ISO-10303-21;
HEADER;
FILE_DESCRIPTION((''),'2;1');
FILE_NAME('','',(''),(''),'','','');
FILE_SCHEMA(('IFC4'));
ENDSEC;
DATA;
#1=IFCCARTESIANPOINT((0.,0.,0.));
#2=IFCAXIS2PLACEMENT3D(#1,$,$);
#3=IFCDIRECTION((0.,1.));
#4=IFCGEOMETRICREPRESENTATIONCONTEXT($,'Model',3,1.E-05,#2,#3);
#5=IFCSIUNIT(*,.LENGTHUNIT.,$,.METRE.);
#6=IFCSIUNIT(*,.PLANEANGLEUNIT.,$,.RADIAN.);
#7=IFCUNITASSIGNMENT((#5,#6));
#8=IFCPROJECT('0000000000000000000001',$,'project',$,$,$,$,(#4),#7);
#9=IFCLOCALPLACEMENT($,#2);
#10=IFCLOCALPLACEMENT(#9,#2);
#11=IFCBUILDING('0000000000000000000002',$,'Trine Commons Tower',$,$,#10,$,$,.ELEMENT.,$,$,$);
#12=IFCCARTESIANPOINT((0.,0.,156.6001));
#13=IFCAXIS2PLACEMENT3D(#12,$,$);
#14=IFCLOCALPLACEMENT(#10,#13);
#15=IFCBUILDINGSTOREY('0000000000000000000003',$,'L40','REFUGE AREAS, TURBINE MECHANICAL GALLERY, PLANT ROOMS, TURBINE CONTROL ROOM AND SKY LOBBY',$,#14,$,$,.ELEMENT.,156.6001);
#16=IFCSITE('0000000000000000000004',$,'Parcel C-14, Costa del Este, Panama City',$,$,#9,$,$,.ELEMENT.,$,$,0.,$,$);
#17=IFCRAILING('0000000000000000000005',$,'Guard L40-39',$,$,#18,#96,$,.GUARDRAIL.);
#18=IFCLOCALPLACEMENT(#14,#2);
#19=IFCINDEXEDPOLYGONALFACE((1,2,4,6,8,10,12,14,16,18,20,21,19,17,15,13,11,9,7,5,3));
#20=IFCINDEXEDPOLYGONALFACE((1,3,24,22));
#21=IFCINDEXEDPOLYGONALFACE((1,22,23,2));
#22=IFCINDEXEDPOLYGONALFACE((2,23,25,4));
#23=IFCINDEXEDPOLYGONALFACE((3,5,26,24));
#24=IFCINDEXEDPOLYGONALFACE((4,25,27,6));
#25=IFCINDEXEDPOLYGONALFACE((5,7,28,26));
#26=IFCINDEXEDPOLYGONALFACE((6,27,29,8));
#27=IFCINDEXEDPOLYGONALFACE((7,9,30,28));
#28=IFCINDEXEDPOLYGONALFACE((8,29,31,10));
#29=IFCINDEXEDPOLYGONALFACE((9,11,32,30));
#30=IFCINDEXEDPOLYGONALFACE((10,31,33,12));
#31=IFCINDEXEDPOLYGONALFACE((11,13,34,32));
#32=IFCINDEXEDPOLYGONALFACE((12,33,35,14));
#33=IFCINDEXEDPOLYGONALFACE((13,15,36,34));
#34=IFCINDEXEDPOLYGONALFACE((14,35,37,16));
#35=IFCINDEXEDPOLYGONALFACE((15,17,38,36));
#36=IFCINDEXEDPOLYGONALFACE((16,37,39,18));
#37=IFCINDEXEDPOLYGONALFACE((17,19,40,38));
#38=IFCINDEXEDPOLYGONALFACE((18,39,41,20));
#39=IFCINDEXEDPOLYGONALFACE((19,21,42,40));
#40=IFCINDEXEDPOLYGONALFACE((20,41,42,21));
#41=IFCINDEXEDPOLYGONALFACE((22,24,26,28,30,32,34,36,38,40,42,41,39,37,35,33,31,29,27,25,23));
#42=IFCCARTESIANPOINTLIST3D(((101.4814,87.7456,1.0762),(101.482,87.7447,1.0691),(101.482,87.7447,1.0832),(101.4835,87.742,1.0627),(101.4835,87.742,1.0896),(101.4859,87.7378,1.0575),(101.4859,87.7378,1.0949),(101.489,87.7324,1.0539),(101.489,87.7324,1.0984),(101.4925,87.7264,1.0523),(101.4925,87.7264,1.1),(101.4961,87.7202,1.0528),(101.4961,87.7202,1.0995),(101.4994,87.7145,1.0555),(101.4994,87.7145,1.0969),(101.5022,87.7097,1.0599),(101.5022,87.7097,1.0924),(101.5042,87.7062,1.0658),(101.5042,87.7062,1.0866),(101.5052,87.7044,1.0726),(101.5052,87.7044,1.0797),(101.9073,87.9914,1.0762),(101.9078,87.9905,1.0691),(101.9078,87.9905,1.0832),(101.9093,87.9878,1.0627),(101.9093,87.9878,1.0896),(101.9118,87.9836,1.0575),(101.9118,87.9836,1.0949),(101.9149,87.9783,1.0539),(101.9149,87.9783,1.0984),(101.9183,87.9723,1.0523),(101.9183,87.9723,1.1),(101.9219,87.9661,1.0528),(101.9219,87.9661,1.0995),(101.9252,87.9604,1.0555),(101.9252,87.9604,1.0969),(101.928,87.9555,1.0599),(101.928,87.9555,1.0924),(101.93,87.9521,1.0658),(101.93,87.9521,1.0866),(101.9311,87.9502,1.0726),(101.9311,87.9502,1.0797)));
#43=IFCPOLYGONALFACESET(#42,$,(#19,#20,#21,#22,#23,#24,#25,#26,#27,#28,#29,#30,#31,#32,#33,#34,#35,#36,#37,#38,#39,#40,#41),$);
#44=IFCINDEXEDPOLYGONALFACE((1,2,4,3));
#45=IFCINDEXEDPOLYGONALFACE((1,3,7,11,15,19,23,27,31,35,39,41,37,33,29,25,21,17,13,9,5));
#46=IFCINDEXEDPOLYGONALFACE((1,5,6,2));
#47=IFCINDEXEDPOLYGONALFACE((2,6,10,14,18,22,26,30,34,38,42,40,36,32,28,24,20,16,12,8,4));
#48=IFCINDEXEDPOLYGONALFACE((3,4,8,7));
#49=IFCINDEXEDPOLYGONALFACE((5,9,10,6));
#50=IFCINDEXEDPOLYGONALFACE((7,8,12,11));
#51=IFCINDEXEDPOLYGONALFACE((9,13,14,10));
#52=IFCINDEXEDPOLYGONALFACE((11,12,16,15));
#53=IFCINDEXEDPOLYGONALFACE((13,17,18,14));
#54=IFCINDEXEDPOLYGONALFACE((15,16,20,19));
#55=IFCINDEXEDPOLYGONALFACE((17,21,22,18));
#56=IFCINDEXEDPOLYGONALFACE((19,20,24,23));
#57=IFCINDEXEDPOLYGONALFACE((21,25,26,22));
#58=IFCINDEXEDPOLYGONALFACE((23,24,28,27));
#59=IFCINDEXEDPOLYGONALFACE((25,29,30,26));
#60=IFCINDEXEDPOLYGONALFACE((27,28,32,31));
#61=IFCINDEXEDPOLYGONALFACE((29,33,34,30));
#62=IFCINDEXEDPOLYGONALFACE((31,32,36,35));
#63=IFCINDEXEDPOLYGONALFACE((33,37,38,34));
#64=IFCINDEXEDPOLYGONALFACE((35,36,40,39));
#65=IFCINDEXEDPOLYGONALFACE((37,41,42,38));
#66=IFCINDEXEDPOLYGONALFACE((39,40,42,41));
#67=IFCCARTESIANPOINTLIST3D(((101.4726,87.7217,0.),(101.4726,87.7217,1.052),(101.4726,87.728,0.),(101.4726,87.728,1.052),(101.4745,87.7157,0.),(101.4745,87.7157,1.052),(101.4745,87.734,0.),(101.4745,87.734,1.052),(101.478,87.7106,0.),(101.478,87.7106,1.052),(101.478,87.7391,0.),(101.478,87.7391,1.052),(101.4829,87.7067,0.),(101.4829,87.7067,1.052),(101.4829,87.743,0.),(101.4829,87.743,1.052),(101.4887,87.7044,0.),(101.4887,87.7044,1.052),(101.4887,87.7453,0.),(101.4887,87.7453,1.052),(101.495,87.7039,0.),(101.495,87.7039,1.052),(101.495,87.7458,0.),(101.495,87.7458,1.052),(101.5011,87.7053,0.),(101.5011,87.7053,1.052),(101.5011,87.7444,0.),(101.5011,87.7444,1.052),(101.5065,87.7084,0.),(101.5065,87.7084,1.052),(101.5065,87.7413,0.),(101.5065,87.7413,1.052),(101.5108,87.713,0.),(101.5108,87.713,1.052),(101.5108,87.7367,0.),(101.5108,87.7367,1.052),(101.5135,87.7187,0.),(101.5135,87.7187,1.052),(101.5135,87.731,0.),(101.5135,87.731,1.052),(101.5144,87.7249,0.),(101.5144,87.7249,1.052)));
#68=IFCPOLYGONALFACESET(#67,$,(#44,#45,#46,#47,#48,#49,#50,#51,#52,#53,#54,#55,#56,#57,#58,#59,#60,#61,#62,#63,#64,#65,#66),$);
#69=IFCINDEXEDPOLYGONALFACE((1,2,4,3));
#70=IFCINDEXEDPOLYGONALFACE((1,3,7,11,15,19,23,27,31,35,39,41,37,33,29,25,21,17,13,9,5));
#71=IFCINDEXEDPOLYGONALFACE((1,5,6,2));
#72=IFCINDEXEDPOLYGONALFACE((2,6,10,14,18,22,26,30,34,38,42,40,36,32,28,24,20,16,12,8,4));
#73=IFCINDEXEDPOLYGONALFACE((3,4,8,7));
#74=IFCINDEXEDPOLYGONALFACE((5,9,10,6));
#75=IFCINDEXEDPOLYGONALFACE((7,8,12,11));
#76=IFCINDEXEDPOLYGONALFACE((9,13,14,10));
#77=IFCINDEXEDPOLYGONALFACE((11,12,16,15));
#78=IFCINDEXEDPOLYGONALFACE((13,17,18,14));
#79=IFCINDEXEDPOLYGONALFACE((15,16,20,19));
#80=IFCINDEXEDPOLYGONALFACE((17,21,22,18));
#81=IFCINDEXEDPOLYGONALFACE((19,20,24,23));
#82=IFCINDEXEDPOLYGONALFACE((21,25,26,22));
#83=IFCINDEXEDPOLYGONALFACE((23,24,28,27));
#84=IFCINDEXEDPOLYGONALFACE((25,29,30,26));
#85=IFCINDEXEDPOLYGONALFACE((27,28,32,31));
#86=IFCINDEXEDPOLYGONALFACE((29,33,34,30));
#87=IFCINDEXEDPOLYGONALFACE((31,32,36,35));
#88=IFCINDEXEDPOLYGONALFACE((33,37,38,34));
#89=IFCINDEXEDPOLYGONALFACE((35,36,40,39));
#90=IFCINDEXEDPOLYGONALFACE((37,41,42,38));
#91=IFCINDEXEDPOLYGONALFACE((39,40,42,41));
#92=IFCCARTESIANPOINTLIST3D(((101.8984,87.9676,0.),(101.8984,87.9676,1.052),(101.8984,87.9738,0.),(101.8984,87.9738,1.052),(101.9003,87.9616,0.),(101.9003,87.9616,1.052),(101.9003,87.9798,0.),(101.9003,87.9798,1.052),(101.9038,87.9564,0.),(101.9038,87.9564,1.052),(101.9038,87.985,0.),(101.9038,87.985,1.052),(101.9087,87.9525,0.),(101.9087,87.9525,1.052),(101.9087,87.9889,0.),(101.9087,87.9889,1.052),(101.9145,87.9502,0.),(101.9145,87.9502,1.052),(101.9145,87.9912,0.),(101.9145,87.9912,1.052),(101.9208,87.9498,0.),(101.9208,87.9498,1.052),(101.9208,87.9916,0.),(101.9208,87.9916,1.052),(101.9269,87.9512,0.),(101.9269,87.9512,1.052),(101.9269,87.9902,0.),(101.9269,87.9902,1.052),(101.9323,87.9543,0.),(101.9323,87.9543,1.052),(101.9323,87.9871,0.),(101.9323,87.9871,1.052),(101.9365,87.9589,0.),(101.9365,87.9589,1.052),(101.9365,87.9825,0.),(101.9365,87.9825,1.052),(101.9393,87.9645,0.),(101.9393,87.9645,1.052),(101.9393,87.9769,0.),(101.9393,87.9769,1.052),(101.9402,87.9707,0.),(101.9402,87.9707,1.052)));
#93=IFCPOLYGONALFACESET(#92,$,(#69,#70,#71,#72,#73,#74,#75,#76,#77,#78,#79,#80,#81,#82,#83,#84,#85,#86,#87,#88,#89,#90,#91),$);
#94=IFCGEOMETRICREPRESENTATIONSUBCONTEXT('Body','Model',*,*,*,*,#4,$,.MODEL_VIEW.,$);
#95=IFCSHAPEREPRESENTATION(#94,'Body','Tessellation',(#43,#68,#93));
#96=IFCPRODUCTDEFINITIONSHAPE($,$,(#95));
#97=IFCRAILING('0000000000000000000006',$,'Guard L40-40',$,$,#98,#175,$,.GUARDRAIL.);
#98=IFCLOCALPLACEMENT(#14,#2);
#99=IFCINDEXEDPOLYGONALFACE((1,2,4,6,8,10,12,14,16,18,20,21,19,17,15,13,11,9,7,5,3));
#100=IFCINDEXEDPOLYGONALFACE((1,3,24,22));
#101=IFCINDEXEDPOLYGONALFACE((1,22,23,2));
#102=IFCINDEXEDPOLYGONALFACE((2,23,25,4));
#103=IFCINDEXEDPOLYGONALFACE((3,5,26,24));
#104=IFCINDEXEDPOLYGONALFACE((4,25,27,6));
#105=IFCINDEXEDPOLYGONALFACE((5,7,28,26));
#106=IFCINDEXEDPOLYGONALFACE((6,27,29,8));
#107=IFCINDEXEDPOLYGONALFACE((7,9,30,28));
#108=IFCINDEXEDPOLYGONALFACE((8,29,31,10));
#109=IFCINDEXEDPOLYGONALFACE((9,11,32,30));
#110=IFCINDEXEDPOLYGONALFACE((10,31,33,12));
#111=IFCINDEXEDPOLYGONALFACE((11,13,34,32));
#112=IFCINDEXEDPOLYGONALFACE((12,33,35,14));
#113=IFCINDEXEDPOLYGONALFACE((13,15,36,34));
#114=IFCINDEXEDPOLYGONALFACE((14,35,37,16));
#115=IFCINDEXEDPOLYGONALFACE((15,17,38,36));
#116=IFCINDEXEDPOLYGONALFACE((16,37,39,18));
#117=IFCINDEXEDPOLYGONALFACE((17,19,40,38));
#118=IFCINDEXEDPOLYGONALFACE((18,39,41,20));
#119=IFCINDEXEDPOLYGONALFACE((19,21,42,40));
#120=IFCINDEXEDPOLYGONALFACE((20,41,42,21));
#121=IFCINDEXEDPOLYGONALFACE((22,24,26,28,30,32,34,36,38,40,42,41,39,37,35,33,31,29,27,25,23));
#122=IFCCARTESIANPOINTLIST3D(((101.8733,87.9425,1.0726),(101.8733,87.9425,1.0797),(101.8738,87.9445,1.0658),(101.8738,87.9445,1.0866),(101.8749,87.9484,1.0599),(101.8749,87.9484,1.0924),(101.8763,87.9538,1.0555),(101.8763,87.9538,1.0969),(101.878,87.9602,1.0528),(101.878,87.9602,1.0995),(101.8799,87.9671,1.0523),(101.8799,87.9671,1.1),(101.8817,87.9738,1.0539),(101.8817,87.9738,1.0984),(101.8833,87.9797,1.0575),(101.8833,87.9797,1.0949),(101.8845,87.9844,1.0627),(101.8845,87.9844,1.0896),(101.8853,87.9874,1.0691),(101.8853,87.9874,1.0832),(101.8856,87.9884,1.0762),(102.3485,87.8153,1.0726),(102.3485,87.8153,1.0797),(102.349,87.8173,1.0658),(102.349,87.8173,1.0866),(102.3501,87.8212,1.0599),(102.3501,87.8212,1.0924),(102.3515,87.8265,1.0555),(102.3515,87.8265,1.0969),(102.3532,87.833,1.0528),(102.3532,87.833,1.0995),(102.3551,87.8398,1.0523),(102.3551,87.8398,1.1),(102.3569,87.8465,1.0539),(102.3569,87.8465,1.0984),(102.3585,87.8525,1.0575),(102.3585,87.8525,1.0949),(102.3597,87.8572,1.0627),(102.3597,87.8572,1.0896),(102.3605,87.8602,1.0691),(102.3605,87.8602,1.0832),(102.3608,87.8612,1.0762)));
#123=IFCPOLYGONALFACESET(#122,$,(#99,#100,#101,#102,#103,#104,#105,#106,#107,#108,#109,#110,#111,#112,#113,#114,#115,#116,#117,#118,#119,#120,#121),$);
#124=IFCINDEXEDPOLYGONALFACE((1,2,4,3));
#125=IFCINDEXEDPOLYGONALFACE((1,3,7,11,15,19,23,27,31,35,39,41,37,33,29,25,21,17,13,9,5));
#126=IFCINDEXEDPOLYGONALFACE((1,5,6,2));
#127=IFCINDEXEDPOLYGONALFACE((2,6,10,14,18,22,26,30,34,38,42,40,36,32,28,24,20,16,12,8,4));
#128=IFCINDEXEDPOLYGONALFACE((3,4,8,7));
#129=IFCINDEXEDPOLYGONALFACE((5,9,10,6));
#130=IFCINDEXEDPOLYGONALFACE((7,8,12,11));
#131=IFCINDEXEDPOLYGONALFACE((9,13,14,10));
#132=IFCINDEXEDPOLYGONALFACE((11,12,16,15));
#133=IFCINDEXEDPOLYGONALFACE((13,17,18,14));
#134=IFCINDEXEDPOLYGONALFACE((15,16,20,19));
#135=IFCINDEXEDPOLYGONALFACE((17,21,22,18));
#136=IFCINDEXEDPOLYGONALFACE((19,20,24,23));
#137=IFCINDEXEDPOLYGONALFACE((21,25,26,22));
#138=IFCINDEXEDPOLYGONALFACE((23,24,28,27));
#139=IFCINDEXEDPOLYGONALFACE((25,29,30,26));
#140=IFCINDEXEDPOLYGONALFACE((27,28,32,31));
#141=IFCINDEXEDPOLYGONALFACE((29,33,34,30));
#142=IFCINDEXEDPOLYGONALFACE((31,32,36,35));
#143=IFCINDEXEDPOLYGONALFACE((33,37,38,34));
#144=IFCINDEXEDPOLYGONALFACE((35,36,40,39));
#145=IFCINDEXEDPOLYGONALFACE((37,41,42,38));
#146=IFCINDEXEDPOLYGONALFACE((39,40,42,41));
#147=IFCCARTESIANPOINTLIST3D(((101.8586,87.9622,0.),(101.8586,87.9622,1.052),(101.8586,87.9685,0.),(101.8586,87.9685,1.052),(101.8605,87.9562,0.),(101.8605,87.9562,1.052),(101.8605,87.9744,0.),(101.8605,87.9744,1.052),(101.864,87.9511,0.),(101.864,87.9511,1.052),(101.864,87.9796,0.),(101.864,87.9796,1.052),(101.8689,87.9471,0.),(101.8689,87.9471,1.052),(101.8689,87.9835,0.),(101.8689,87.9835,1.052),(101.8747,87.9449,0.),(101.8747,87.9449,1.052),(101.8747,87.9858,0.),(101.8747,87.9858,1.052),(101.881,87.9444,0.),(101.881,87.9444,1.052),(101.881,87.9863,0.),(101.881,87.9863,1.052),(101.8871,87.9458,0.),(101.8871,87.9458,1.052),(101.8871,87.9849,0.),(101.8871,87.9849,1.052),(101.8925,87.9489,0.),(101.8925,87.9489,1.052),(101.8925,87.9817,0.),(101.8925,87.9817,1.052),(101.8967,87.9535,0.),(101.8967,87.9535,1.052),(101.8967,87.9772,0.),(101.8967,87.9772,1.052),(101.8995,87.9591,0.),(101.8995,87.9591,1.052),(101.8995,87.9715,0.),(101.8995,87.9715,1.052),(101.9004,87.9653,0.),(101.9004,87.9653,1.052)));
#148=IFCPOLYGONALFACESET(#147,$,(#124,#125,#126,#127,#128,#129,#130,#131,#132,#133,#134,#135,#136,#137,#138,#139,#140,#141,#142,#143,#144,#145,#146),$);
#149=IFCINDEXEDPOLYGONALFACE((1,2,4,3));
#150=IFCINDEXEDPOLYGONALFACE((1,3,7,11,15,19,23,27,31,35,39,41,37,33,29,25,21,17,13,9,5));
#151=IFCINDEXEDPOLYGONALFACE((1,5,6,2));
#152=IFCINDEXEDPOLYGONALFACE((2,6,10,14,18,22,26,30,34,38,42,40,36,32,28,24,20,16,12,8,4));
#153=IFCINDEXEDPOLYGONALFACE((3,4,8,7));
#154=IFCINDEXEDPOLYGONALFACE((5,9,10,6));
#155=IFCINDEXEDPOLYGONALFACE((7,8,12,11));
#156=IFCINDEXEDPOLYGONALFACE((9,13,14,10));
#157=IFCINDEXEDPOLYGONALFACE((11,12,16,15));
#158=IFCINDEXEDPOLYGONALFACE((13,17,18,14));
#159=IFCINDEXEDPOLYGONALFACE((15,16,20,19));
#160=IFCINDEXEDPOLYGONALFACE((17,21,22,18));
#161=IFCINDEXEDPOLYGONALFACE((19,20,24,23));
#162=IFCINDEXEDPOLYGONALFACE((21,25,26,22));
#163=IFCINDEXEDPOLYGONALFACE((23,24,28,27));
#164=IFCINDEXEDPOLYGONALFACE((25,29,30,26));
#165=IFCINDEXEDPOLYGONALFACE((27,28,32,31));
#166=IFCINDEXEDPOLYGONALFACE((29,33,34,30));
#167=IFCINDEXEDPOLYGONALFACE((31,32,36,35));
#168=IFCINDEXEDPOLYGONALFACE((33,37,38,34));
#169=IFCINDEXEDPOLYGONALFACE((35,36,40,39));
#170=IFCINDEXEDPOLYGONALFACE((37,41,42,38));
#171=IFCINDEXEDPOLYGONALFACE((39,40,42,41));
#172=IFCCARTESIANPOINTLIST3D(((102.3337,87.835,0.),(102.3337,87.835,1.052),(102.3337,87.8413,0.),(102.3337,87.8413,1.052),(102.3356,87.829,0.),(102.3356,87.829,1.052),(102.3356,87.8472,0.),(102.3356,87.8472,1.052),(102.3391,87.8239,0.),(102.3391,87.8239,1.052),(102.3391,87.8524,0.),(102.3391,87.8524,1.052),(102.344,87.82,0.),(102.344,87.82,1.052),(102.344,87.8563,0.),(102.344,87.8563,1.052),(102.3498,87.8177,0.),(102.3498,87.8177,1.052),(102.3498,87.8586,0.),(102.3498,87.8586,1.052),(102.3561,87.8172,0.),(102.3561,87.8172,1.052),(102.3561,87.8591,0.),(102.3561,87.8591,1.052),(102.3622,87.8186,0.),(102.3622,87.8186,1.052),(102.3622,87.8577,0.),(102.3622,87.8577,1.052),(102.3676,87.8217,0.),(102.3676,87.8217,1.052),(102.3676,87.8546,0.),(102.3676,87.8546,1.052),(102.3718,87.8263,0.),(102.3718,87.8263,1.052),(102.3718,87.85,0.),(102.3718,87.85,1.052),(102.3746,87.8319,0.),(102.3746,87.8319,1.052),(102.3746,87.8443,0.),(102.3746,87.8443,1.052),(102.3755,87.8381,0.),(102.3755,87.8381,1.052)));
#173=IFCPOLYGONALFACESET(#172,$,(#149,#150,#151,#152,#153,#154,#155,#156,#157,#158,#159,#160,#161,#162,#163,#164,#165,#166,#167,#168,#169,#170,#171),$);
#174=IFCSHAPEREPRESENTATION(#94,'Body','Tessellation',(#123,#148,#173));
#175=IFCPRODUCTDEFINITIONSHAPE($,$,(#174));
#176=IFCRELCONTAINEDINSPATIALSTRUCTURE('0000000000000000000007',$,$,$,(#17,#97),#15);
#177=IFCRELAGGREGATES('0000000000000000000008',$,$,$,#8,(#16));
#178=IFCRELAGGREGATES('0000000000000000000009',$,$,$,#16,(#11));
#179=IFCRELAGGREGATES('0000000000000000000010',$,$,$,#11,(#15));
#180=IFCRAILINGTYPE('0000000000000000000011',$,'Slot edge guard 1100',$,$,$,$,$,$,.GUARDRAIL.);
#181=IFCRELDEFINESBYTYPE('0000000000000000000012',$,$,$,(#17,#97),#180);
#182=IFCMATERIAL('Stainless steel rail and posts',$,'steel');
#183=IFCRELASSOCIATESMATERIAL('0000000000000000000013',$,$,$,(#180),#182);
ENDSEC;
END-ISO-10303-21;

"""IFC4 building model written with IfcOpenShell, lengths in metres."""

from ifc_helpers import new_model, si_unit, direction, frame, origin, origin_2d, place, context, subcontext, project, spatial, circle, extrude, material, type_object, element, save


model = new_model("IFC4")

# Units and contexts
model_context = context("Model", 3, precision=1e-05, world=origin(), true_north=direction((0.0, 1.0)))
body_context = subcontext(model_context, "Body", "Model", "MODEL_VIEW")
ifc_project = project(units=[si_unit("LENGTHUNIT", "METRE"), si_unit("PLANEANGLEUNIT", "RADIAN")], contexts=[model_context])

# Site, building, storey
site_placement = place(None, origin())
site = spatial("IfcSite", under=ifc_project, at=site_placement, Name="Parcel C-14, Costa del Este, Panama City", CompositionType="ELEMENT", RefElevation=0.0)
building_placement = place(site_placement, origin())
building = spatial("IfcBuilding", under=site, at=building_placement, Name="Trine Commons Tower", CompositionType="ELEMENT")
storey_placement = place(building_placement, frame((0.0, 0.0, 156.6001)))
storey = spatial("IfcBuildingStorey", under=building, at=storey_placement, Name="L40", Description="REFUGE AREAS, TURBINE MECHANICAL GALLERY, PLANT ROOMS, TURBINE CONTROL ROOM AND SKY LOBBY", CompositionType="ELEMENT", Elevation=156.6001)

# Railings
ifc_material_1 = material(Name="Stainless steel rail and posts", Category="steel")
railing_type = type_object("IfcRailingType", Name="Slot edge guard 1100", PredefinedType="GUARDRAIL", material=ifc_material_1)
railing_1_placement = place(storey_placement, frame((101.4934, 87.7249, 0.0)))
element("IfcRailing", 1, at=railing_1_placement, inside=storey, type_object=railing_type, Name="Guard L40-39", PredefinedType="GUARDRAIL", context=body_context, shape_type="SweptSolid", body=[
    extrude(circle(Radius=0.0239, at=origin_2d()), frame((0.0, 0.0, 1.0762), z_axis=(0.866004, 0.500038, 0.0), x_axis=(-0.500038, 0.866004, 0.0)), (0.0, 0.0, 1.0), 0.4917),
    extrude(circle(Radius=0.021, at=origin_2d()), origin(), (0.0, 0.0, 1.0), 1.052),
    extrude(circle(Radius=0.021, at=origin_2d()), frame((0.4258, 0.2458, 0.0)), (0.0, 0.0, 1.0), 1.052),
])
railing_2_placement = place(storey_placement, frame((101.8794, 87.9653, 0.0)))
element("IfcRailing", 2, at=railing_2_placement, inside=storey, type_object=railing_type, Name="Guard L40-40", PredefinedType="GUARDRAIL", context=body_context, shape_type="SweptSolid", body=[
    extrude(circle(Radius=0.0239, at=origin_2d()), frame((0.0, 0.0, 1.0762), z_axis=(0.965979, -0.25862, 0.0), x_axis=(0.25862, 0.965979, 0.0)), (0.0, 0.0, 1.0), 0.4919),
    extrude(circle(Radius=0.021, at=origin_2d()), origin(), (0.0, 0.0, 1.0), 1.052),
    extrude(circle(Radius=0.021, at=origin_2d()), frame((0.4751, -0.1272, 0.0)), (0.0, 0.0, 1.0), 1.052),
])

save(model, "model.ifc")
